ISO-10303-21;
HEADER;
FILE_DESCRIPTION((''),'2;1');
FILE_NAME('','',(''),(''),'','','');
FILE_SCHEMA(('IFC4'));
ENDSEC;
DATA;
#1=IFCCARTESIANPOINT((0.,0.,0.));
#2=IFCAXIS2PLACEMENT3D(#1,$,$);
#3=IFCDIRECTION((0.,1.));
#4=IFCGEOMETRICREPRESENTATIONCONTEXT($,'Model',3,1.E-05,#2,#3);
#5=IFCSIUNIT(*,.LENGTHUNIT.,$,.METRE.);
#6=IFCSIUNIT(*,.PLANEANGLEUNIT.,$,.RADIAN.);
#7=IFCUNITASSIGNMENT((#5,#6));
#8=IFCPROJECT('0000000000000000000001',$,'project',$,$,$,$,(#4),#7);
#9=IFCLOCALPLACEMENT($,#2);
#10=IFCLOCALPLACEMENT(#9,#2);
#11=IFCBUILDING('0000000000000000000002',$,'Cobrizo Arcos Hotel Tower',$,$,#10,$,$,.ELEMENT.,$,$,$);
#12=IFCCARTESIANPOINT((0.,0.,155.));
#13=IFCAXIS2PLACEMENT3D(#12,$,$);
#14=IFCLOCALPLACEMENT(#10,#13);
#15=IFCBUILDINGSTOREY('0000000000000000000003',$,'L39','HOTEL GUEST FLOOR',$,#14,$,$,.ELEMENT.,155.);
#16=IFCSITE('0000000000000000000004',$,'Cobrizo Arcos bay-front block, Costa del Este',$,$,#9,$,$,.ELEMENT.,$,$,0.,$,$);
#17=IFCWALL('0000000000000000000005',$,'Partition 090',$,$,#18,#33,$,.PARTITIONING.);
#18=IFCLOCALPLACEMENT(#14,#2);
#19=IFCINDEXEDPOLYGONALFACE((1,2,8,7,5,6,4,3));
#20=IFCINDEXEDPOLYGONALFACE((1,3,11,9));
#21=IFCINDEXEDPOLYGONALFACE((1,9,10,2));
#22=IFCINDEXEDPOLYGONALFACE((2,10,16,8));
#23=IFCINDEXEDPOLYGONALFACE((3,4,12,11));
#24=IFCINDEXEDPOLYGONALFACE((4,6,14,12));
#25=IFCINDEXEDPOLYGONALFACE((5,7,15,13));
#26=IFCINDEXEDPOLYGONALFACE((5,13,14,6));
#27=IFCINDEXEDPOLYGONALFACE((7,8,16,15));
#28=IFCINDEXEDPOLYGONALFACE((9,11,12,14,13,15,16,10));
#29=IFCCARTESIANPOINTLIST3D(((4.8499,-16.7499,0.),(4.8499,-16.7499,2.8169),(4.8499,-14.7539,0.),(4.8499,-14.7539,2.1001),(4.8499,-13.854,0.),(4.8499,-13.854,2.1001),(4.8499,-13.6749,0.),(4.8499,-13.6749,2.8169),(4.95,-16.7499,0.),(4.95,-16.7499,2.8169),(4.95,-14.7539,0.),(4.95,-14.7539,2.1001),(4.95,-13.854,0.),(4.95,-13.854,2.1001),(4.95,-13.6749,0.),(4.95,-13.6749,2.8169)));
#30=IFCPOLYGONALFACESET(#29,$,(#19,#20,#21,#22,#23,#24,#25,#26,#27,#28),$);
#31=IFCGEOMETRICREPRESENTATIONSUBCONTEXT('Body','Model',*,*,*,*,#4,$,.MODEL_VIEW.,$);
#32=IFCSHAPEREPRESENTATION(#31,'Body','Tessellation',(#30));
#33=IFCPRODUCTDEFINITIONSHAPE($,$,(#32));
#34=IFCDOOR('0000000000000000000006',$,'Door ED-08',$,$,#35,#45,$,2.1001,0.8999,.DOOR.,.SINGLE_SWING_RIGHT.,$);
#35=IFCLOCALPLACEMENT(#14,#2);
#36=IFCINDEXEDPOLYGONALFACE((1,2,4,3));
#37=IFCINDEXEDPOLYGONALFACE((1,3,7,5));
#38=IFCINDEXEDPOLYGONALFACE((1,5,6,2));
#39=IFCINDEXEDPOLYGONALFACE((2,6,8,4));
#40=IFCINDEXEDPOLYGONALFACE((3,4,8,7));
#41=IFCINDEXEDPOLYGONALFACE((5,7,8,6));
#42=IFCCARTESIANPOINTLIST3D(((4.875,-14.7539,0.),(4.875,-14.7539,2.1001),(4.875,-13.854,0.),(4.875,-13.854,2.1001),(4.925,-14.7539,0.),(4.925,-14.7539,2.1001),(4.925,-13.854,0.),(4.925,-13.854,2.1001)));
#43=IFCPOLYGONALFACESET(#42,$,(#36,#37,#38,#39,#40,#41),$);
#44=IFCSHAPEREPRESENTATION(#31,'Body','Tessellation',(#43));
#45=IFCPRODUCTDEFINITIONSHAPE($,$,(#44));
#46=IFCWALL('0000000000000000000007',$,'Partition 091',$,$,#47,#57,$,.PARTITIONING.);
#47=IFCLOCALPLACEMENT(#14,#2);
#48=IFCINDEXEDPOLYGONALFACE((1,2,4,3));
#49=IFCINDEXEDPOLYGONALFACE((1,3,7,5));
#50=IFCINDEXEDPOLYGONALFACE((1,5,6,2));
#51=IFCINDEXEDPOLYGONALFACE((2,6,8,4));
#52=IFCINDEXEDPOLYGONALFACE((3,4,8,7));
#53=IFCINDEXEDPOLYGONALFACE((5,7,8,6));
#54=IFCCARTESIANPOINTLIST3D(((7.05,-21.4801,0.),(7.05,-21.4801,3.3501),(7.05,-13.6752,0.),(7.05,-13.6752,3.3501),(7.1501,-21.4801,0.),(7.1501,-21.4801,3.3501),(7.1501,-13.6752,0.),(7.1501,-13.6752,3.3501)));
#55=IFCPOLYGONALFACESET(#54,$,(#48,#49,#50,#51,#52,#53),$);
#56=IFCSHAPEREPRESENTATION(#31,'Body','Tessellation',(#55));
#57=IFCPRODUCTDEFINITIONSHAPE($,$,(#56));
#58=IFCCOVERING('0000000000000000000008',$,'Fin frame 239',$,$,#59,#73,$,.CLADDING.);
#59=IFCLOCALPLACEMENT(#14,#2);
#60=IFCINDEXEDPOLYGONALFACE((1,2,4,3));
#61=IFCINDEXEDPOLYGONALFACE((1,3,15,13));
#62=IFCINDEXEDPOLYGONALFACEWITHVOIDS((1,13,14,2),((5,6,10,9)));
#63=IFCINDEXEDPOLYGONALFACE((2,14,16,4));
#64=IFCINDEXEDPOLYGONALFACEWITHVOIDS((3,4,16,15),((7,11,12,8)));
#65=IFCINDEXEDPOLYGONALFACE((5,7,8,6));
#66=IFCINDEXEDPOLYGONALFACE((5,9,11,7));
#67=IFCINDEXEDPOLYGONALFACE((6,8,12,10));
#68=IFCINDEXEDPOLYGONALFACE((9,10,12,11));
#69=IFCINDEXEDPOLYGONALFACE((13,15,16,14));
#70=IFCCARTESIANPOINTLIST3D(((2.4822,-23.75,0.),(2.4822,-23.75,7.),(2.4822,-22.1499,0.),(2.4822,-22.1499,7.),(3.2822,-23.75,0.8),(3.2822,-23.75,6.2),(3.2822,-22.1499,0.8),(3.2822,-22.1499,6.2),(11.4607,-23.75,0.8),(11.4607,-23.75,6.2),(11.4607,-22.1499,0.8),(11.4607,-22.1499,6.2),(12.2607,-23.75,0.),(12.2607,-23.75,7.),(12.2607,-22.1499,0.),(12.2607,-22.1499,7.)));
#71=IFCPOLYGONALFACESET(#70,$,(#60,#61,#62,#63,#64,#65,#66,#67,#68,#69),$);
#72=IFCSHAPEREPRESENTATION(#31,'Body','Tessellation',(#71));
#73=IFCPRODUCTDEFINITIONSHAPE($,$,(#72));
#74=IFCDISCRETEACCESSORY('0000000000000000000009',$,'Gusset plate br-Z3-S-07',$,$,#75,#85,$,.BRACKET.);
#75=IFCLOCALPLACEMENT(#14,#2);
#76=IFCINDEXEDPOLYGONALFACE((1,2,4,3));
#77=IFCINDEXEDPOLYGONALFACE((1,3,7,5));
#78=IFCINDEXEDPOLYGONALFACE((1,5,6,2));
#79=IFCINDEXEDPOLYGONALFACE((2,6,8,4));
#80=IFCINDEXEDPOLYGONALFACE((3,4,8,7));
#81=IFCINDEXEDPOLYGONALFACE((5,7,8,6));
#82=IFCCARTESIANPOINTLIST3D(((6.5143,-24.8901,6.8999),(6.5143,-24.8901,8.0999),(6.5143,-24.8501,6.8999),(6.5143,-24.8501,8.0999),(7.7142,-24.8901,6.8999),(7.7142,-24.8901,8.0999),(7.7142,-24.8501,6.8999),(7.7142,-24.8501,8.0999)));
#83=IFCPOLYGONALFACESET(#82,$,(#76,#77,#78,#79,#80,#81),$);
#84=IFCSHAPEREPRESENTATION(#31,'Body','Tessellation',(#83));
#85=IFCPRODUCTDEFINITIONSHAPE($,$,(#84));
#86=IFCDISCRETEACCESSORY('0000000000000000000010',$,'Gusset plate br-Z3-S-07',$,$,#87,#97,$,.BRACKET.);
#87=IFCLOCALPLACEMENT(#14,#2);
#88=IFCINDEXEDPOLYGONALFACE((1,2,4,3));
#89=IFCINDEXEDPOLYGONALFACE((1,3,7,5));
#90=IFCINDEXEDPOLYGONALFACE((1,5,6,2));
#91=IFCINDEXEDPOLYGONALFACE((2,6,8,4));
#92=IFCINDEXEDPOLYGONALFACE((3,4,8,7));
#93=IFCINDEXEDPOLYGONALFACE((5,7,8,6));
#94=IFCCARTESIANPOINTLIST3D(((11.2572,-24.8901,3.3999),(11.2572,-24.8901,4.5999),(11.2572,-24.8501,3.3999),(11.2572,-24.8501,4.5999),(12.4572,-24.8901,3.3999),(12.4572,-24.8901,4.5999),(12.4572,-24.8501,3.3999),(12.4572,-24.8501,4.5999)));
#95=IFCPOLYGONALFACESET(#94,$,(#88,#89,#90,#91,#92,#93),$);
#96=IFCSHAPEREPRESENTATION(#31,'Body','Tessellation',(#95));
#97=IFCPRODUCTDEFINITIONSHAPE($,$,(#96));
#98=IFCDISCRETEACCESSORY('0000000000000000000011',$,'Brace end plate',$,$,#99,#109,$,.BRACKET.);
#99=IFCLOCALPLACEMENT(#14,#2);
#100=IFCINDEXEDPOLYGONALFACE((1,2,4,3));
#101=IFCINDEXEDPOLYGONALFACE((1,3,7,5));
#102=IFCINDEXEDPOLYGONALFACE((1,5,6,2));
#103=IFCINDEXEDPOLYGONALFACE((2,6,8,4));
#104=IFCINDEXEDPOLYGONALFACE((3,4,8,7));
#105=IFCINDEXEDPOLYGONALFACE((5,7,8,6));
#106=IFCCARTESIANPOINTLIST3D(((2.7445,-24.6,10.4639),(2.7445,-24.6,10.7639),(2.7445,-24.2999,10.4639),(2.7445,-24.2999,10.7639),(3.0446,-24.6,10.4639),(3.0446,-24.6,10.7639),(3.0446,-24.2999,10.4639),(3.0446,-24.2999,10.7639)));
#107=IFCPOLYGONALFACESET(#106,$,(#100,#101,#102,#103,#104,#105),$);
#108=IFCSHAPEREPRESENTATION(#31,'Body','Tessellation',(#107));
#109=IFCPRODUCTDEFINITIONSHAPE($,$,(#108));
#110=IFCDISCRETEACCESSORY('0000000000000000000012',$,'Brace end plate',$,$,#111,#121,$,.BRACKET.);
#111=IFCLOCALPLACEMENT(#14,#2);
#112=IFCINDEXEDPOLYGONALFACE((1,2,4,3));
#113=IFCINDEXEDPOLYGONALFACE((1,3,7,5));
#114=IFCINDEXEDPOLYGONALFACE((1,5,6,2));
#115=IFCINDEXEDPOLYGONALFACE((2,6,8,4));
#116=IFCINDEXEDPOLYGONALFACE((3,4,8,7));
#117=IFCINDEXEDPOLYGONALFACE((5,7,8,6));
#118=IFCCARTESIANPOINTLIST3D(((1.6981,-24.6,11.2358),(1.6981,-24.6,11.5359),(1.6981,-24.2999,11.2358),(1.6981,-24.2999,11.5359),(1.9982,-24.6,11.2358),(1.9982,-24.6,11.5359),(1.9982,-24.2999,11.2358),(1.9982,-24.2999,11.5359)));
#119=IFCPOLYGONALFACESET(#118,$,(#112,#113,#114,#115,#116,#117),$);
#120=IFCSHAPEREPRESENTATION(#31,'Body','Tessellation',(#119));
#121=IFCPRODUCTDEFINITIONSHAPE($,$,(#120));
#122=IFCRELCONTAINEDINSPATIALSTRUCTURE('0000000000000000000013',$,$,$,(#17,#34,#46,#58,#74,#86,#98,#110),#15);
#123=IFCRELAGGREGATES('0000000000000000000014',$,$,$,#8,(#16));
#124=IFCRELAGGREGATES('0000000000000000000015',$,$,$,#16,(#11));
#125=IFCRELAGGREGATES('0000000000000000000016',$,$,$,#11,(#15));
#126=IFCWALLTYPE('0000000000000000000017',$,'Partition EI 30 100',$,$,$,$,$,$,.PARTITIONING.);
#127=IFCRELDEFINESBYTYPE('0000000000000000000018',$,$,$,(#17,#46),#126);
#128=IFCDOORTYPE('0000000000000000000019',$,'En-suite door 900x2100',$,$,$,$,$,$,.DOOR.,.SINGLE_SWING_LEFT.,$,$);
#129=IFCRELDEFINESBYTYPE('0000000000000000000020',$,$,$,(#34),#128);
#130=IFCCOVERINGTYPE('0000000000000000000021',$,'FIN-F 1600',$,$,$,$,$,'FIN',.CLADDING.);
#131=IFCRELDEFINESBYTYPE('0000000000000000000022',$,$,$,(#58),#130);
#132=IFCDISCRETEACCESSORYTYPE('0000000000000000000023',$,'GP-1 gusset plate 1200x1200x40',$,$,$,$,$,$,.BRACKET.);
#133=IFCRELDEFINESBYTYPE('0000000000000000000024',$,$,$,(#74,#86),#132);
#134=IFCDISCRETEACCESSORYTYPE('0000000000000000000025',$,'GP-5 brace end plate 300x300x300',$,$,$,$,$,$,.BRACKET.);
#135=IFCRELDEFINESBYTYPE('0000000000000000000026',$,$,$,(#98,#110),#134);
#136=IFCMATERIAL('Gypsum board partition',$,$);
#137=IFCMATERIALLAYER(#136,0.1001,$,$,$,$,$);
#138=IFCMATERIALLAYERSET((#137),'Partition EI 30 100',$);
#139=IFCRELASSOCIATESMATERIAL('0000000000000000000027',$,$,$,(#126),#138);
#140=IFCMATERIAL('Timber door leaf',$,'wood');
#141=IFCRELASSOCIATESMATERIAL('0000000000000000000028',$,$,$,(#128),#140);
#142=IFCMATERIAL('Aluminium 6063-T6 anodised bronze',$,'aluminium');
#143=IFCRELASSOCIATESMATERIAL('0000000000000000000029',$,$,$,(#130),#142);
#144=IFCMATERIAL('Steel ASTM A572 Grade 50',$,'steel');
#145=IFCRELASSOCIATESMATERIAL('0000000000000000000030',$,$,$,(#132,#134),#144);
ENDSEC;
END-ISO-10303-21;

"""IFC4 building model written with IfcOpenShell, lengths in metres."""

from ifc_helpers import new_model, si_unit, direction, frame, frame_2d, origin, origin_2d, place, context, subcontext, project, spatial, polyline, rectangle, outline, extrude, material, layer, layer_set, type_object, element, fill, save


model = new_model("IFC4")

# Units and contexts
model_context = context("Model", 3, precision=1e-05, world=origin(), true_north=direction((0.0, 1.0)))
body_context = subcontext(model_context, "Body", "Model", "MODEL_VIEW")
ifc_project = project(units=[si_unit("LENGTHUNIT", "METRE"), si_unit("PLANEANGLEUNIT", "RADIAN")], contexts=[model_context])

# Site, building, storey
site_placement = place(None, origin())
site = spatial("IfcSite", under=ifc_project, at=site_placement, Name="Cobrizo Arcos bay-front block, Costa del Este", CompositionType="ELEMENT", RefElevation=0.0)
building_placement = place(site_placement, origin())
building = spatial("IfcBuilding", under=site, at=building_placement, Name="Cobrizo Arcos Hotel Tower", CompositionType="ELEMENT")
storey_placement = place(building_placement, frame((0.0, 0.0, 155.0)))
storey = spatial("IfcBuildingStorey", under=building, at=storey_placement, Name="L39", Description="HOTEL GUEST FLOOR", CompositionType="ELEMENT", Elevation=155.0)

# Shared definitions
ifc_material_1 = material(Name="Steel ASTM A572 Grade 50", Category="steel")

# Shared definitions
ifc_material_2 = material(Name="Aluminium 6063-T6 anodised bronze", Category="aluminium")

# Shared definitions
ifc_material_3 = material(Name="Gypsum board partition")
ifc_layer_1 = layer(ifc_material_3, 0.1001)
ifc_layer_set_1 = layer_set([ifc_layer_1], Name="Partition EI 30 100")
wall_type = type_object("IfcWallType", Name="Partition EI 30 100", PredefinedType="PARTITIONING", material=ifc_layer_set_1)

# Shared definitions
ifc_material_4 = material(Name="Timber door leaf", Category="wood")
door_type = type_object("IfcDoorType", Name="En-suite door 900x2100", OperationType="SINGLE_SWING_LEFT", PredefinedType="DOOR", material=ifc_material_4)

# Wall, opening, door
wall_1_placement = place(storey_placement, frame((4.8999, -16.75, 0.0), z_axis=(0.0, 0.0, 1.0), x_axis=(0.0, 1.0, 0.0)))
wall_1 = element("IfcWall", 1, at=wall_1_placement, inside=storey, type_object=wall_type, Name="Partition 090", PredefinedType="PARTITIONING", context=body_context, shape_type="SweptSolid", body=[
    extrude(rectangle(XDim=3.075, YDim=0.1001, at=frame_2d((1.5376, 0.0))), origin(), (0.0, 0.0, 1.0), 2.8169),
])
opening_1_placement = place(wall_1_placement, frame((1.9961, 0.0, 0.0)))
opening_1 = element("IfcOpeningElement", 2, at=opening_1_placement, cuts=wall_1, PredefinedType="OPENING", context=body_context, shape_type="SweptSolid", body=[
    extrude(rectangle(XDim=0.8999, YDim=2.1001, at=frame_2d((0.45, 1.05))), frame((0.0, 0.062, 0.0), z_axis=(0.0, -1.0, 0.0), x_axis=(1.0, 0.0, 0.0)), (0.0, 0.0, 1.0), 0.124),
])
door_1_placement = place(opening_1_placement, origin())
door_1 = element("IfcDoor", 3, at=door_1_placement, inside=storey, type_object=door_type, Name="Door ED-08", OperationType="SINGLE_SWING_RIGHT", OverallHeight=2.1001, OverallWidth=0.8999, PredefinedType="DOOR", context=body_context, shape_type="SweptSolid", body=[
    extrude(rectangle(XDim=0.8999, YDim=2.1001, at=frame_2d((0.45, 1.05))), frame((0.0, 0.0249, 0.0), z_axis=(0.0, -1.0, 0.0), x_axis=(1.0, 0.0, 0.0)), (0.0, 0.0, 1.0), 0.05),
])
fill(opening_1, door_1)

# Wall
wall_2_placement = place(storey_placement, frame((7.1001, -21.48, 0.0), z_axis=(0.0, 0.0, 1.0), x_axis=(0.0, 1.0, 0.0)))
element("IfcWall", 4, at=wall_2_placement, inside=storey, type_object=wall_type, Name="Partition 091", PredefinedType="PARTITIONING", context=body_context, shape_type="SweptSolid", body=[
    extrude(rectangle(XDim=7.8049, YDim=0.1001, at=frame_2d((3.9023, 0.0))), origin(), (0.0, 0.0, 1.0), 3.3501),
])

# Covering
covering_type = type_object("IfcCoveringType", Name="FIN-F 1600", ElementType="FIN", PredefinedType="CLADDING", material=ifc_material_2)
covering_placement = place(storey_placement, frame((2.4822, -22.1499, 0.0), z_axis=(0.0, -1.0, 0.0), x_axis=(1.0, 0.0, 0.0)))
element("IfcCovering", 5, at=covering_placement, inside=storey, type_object=covering_type, Name="Fin frame 239", PredefinedType="CLADDING", context=body_context, shape_type="SweptSolid", body=[
    extrude(outline(polyline([(0.0, 7.0), (0.0, 0.0), (9.7786, 0.0), (9.7786, 7.0), (0.0, 7.0)]), holes=[polyline([(8.9785, 0.8), (0.8, 0.8), (0.8, 6.2), (8.9785, 6.2), (8.9785, 0.8)])]), origin(), (0.0, 0.0, 1.0), 1.6001),
])

# Discrete accessories
discrete_accessory_type_1 = type_object("IfcDiscreteAccessoryType", Name="GP-1 gusset plate 1200x1200x40", PredefinedType="BRACKET", material=ifc_material_1)
for number, where, z_axis, x_axis, name in (
    (6, (7.1143, -24.8701, 6.8999), (0.0, 0.0, 1.0), (1.0, 0.0, 0.0), "Gusset plate br-Z3-S-07"),
    (7, (11.8572, -24.8701, 3.3999), (0.0, 0.0, 1.0), (1.0, 0.0, 0.0), "Gusset plate br-Z3-S-07"),
):
    element("IfcDiscreteAccessory", number, at=place(storey_placement, frame(where, z_axis=z_axis, x_axis=x_axis)), inside=storey, type_object=discrete_accessory_type_1, Name=name, PredefinedType="BRACKET", context=body_context, shape_type="SweptSolid", body=[
        extrude(rectangle(XDim=1.2, YDim=0.04, at=origin_2d()), origin(), (0.0, 0.0, 1.0), 1.2),
    ])
discrete_accessory_type_2 = type_object("IfcDiscreteAccessoryType", Name="GP-5 brace end plate 300x300x300", PredefinedType="BRACKET", material=ifc_material_1)
for number, where, z_axis, x_axis, name in (
    (8, (2.8945, -24.45, 10.4639), (0.0, 0.0, 1.0), (1.0, 0.0, 0.0), "Brace end plate"),
    (9, (1.8481, -24.45, 11.2358), (0.0, 0.0, 1.0), (1.0, 0.0, 0.0), "Brace end plate"),
):
    element("IfcDiscreteAccessory", number, at=place(storey_placement, frame(where, z_axis=z_axis, x_axis=x_axis)), inside=storey, type_object=discrete_accessory_type_2, Name=name, PredefinedType="BRACKET", context=body_context, shape_type="SweptSolid", body=[
        extrude(rectangle(XDim=0.3, YDim=0.3, at=origin_2d()), origin(), (0.0, 0.0, 1.0), 0.3),
    ])

save(model, "model.ifc")
